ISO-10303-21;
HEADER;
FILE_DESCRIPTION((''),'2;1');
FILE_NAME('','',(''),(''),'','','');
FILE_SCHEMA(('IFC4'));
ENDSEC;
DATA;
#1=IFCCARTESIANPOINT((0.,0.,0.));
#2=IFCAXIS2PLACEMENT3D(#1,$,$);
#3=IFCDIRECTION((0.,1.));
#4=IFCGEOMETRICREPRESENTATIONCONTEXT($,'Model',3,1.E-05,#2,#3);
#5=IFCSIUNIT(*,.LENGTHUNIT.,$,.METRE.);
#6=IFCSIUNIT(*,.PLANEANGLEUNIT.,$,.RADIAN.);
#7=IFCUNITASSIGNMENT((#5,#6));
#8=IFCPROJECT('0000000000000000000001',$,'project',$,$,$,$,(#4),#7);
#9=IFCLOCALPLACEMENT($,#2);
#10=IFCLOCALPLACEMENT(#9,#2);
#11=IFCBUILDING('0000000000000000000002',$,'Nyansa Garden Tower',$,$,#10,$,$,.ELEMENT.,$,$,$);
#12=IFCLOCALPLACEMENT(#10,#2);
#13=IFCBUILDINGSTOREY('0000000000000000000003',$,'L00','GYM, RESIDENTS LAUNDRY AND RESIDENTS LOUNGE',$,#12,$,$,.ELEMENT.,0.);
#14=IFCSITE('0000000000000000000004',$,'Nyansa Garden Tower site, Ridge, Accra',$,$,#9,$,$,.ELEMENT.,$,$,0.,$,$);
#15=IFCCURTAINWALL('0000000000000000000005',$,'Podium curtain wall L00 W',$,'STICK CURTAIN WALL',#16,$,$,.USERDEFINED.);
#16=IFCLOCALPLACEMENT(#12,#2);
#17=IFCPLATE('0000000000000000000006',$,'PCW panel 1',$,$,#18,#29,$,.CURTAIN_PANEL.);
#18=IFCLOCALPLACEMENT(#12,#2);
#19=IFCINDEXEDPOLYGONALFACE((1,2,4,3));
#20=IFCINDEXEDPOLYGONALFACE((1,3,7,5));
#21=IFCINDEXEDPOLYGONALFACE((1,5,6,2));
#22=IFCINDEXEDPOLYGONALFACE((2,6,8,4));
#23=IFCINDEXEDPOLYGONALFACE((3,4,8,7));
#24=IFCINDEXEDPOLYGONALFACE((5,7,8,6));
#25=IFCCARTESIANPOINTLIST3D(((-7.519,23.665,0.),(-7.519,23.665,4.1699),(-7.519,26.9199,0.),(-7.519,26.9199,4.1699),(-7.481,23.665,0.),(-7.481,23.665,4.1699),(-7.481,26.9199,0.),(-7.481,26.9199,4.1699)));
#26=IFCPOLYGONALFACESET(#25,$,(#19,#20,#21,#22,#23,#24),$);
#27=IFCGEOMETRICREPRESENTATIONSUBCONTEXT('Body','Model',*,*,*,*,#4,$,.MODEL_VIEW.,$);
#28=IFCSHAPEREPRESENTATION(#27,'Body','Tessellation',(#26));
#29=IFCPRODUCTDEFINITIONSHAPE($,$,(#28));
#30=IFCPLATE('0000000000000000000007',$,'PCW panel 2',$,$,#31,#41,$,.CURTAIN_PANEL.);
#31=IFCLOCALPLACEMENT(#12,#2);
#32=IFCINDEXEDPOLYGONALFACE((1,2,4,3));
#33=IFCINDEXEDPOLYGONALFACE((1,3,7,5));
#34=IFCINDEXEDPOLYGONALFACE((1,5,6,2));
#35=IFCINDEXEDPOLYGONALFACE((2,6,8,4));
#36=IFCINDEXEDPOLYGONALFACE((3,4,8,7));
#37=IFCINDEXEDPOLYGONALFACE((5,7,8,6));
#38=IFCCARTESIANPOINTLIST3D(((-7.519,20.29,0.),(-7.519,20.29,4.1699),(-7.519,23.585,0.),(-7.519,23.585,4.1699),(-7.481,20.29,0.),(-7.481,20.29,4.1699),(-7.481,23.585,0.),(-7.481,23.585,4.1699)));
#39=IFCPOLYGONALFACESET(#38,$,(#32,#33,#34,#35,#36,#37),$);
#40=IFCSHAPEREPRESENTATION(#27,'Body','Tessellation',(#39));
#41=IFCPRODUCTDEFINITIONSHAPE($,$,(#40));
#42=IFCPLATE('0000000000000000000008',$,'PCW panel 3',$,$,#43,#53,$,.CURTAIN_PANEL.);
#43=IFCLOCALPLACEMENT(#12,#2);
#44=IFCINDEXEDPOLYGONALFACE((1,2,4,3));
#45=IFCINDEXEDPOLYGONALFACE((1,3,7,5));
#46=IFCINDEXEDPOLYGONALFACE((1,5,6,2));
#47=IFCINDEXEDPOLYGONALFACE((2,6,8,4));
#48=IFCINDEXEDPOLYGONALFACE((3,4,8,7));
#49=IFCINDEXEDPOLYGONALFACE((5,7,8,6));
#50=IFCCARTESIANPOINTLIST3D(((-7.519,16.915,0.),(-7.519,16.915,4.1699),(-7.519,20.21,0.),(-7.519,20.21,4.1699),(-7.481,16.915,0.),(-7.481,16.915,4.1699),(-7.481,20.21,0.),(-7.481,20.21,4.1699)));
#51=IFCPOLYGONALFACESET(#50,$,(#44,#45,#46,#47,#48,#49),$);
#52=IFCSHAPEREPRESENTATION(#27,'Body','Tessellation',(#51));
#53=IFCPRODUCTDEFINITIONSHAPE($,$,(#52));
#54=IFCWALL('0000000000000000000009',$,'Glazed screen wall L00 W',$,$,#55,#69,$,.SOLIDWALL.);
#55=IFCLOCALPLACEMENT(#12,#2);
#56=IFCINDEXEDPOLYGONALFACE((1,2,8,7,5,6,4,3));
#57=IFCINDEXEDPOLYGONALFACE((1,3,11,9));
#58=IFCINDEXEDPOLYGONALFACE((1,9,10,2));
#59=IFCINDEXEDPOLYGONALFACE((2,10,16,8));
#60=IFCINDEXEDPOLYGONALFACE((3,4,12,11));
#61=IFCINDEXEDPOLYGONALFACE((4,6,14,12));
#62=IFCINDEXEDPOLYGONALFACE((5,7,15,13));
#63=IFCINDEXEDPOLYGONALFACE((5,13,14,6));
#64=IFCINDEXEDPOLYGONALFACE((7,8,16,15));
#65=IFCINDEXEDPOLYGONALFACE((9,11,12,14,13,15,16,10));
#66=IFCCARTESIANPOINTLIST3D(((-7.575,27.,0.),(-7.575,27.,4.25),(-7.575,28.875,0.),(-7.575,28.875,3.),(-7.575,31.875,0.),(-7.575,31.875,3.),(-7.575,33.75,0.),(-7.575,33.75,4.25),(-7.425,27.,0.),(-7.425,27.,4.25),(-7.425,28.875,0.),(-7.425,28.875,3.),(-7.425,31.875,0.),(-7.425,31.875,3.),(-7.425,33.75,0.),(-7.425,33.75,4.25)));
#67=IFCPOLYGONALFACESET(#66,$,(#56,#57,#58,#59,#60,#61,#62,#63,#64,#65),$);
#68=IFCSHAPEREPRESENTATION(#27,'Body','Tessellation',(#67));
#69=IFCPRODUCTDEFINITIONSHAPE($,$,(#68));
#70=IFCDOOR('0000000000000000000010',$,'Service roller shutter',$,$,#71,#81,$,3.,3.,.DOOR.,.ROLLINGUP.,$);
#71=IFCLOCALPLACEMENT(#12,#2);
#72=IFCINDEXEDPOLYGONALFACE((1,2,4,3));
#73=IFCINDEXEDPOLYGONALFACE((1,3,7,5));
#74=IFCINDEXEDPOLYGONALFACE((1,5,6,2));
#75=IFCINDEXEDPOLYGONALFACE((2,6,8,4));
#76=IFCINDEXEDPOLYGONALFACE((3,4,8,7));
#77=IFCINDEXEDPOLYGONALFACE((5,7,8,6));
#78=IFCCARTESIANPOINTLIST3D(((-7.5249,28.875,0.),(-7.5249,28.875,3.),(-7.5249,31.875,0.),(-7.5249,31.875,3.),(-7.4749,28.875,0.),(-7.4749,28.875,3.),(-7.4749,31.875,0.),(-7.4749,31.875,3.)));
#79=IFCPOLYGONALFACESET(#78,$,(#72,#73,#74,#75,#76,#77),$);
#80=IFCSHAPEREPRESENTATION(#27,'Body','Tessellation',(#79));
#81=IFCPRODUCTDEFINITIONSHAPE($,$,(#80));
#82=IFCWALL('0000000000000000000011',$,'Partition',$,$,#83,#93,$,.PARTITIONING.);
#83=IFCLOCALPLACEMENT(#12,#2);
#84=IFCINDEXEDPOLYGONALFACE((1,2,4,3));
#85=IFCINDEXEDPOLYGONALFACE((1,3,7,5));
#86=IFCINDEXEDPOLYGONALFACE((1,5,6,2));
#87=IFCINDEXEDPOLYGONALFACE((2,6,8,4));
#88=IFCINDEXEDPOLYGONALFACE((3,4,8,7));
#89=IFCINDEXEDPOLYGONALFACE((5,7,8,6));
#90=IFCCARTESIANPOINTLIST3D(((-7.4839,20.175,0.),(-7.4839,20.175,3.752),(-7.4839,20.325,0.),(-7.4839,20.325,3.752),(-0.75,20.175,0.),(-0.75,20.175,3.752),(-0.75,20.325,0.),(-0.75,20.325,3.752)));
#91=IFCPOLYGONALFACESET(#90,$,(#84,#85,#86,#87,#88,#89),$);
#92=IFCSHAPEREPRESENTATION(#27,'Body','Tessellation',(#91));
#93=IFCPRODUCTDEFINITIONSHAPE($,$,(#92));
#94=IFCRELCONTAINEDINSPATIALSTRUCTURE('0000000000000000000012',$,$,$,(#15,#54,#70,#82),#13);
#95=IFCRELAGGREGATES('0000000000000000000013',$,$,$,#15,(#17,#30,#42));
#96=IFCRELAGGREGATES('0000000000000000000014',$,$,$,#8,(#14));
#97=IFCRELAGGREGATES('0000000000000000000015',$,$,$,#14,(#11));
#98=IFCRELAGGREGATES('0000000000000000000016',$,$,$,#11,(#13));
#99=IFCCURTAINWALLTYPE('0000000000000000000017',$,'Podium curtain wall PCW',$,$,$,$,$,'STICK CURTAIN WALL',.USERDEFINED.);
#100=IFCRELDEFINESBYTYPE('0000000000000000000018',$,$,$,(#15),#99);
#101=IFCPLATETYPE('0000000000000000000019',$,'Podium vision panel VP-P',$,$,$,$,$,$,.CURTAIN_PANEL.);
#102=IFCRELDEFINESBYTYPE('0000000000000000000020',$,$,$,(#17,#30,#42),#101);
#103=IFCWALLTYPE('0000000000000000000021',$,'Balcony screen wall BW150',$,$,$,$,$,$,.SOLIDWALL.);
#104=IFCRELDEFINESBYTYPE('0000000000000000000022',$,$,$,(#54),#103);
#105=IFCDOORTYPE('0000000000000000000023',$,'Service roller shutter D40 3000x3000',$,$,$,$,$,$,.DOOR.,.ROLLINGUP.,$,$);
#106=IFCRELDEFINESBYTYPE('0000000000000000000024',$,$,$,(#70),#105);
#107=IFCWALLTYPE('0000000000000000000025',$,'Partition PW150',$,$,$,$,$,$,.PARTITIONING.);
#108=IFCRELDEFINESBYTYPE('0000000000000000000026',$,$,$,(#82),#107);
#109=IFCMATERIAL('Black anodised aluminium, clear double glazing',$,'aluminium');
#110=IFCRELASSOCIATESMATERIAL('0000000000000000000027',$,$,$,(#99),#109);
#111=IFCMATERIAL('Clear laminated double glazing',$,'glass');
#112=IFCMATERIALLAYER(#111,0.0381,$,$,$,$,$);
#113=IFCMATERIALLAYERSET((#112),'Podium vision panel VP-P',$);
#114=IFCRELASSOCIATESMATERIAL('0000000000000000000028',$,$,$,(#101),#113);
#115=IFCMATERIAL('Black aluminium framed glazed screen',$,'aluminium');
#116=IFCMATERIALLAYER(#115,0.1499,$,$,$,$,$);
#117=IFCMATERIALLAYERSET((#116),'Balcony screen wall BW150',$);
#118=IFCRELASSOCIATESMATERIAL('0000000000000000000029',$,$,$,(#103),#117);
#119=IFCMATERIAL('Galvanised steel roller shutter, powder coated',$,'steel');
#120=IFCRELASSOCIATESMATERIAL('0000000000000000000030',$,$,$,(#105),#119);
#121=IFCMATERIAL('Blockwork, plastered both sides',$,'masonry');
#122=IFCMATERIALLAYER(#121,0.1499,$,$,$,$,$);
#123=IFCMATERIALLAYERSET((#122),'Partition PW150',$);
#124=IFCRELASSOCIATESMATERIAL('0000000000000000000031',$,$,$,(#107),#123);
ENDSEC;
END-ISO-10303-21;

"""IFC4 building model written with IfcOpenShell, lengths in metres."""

from ifc_helpers import new_model, si_unit, direction, frame, frame_2d, origin, origin_2d, place, context, subcontext, project, spatial, rectangle, extrude, material, layer, layer_set, type_object, element, fill, aggregate, save


model = new_model("IFC4")

# Units and contexts
model_context = context("Model", 3, precision=1e-05, world=origin(), true_north=direction((0.0, 1.0)))
body_context = subcontext(model_context, "Body", "Model", "MODEL_VIEW")
ifc_project = project(units=[si_unit("LENGTHUNIT", "METRE"), si_unit("PLANEANGLEUNIT", "RADIAN")], contexts=[model_context])

# Site, building, storey
site_placement = place(None, origin())
site = spatial("IfcSite", under=ifc_project, at=site_placement, Name="Nyansa Garden Tower site, Ridge, Accra", CompositionType="ELEMENT", RefElevation=0.0)
building_placement = place(site_placement, origin())
building = spatial("IfcBuilding", under=site, at=building_placement, Name="Nyansa Garden Tower", CompositionType="ELEMENT")
storey_placement = place(building_placement, origin())
storey = spatial("IfcBuildingStorey", under=building, at=storey_placement, Name="L00", Description="GYM, RESIDENTS LAUNDRY AND RESIDENTS LOUNGE", CompositionType="ELEMENT", Elevation=0.0)

# Curtain wall
ifc_material_1 = material(Name="Black anodised aluminium, clear double glazing", Category="aluminium")
curtain_wall_type = type_object("IfcCurtainWallType", Name="Podium curtain wall PCW", ElementType="STICK CURTAIN WALL", PredefinedType="USERDEFINED", material=ifc_material_1)
curtain_wall_placement = place(storey_placement, origin())
curtain_wall = element("IfcCurtainWall", 1, at=curtain_wall_placement, inside=storey, type_object=curtain_wall_type, Name="Podium curtain wall L00 W", ObjectType="STICK CURTAIN WALL", PredefinedType="USERDEFINED")

# Plates
ifc_material_2 = material(Name="Clear laminated double glazing", Category="glass")
ifc_layer_1 = layer(ifc_material_2, 0.0381)
ifc_layer_set_1 = layer_set([ifc_layer_1], Name="Podium vision panel VP-P")
plate_type = type_object("IfcPlateType", Name="Podium vision panel VP-P", PredefinedType="CURTAIN_PANEL", material=ifc_layer_set_1)
plate_1_placement = place(storey_placement, frame((-7.5, 25.2925, 0.0), z_axis=(0.0, 0.0, 1.0), x_axis=(0.0, -1.0, 0.0)))
plate_1 = element("IfcPlate", 2, at=plate_1_placement, type_object=plate_type, Name="PCW panel 1", PredefinedType="CURTAIN_PANEL", context=body_context, shape_type="SweptSolid", body=[
    extrude(rectangle(XDim=3.2549, YDim=0.0381, at=origin_2d()), origin(), (0.0, 0.0, 1.0), 4.1699),
])
plate_2_placement = place(storey_placement, frame((-7.5, 21.9375, 0.0), z_axis=(0.0, 0.0, 1.0), x_axis=(0.0, -1.0, 0.0)))
plate_2 = element("IfcPlate", 3, at=plate_2_placement, type_object=plate_type, Name="PCW panel 2", PredefinedType="CURTAIN_PANEL", context=body_context, shape_type="SweptSolid", body=[
    extrude(rectangle(XDim=3.2949, YDim=0.0381, at=origin_2d()), origin(), (0.0, 0.0, 1.0), 4.1699),
])
plate_3_placement = place(storey_placement, frame((-7.5, 18.5625, 0.0), z_axis=(0.0, 0.0, 1.0), x_axis=(0.0, -1.0, 0.0)))
plate_3 = element("IfcPlate", 4, at=plate_3_placement, type_object=plate_type, Name="PCW panel 3", PredefinedType="CURTAIN_PANEL", context=body_context, shape_type="SweptSolid", body=[
    extrude(rectangle(XDim=3.2949, YDim=0.0381, at=origin_2d()), origin(), (0.0, 0.0, 1.0), 4.1699),
])
aggregate(curtain_wall, [plate_1, plate_2, plate_3])

# Wall, opening, door
ifc_material_3 = material(Name="Black aluminium framed glazed screen", Category="aluminium")
ifc_layer_2 = layer(ifc_material_3, 0.1499)
ifc_layer_set_2 = layer_set([ifc_layer_2], Name="Balcony screen wall BW150")
wall_type_1 = type_object("IfcWallType", Name="Balcony screen wall BW150", PredefinedType="SOLIDWALL", material=ifc_layer_set_2)
wall_1_placement = place(storey_placement, frame((-7.5, 27.0, 0.0), z_axis=(0.0, 0.0, 1.0), x_axis=(0.0, 1.0, 0.0)))
wall_1 = element("IfcWall", 5, at=wall_1_placement, inside=storey, type_object=wall_type_1, Name="Glazed screen wall L00 W", PredefinedType="SOLIDWALL", context=body_context, shape_type="SweptSolid", body=[
    extrude(rectangle(XDim=6.75, YDim=0.1499, at=frame_2d((3.375, 0.0))), origin(), (0.0, 0.0, 1.0), 4.25),
])
opening_placement = place(wall_1_placement, frame((1.875, 0.0, 0.0)))
opening = element("IfcOpeningElement", 6, at=opening_placement, cuts=wall_1, PredefinedType="OPENING", context=body_context, shape_type="SweptSolid", body=[
    extrude(rectangle(XDim=3.0, YDim=3.0, at=frame_2d((1.5, 1.5))), frame((0.0, 0.085, 0.0), z_axis=(0.0, -1.0, 0.0), x_axis=(1.0, 0.0, 0.0)), (0.0, 0.0, 1.0), 0.1699),
])
ifc_material_4 = material(Name="Galvanised steel roller shutter, powder coated", Category="steel")
door_type = type_object("IfcDoorType", Name="Service roller shutter D40 3000x3000", OperationType="ROLLINGUP", PredefinedType="DOOR", material=ifc_material_4)
door_placement = place(opening_placement, origin())
door = element("IfcDoor", 7, at=door_placement, inside=storey, type_object=door_type, Name="Service roller shutter", OperationType="ROLLINGUP", OverallHeight=3.0, OverallWidth=3.0, PredefinedType="DOOR", context=body_context, shape_type="SweptSolid", body=[
    extrude(rectangle(XDim=3.0, YDim=3.0, at=frame_2d((1.5, 1.5))), frame((0.0, 0.0249, 0.0), z_axis=(0.0, -1.0, 0.0), x_axis=(1.0, 0.0, 0.0)), (0.0, 0.0, 1.0), 0.05),
])
fill(opening, door)

# Wall
ifc_material_5 = material(Name="Blockwork, plastered both sides", Category="masonry")
ifc_layer_3 = layer(ifc_material_5, 0.1499)
ifc_layer_set_3 = layer_set([ifc_layer_3], Name="Partition PW150")
wall_type_2 = type_object("IfcWallType", Name="Partition PW150", PredefinedType="PARTITIONING", material=ifc_layer_set_3)
wall_2_placement = place(storey_placement, frame((-7.4839, 20.25, 0.0), z_axis=(0.0, 0.0, 1.0), x_axis=(1.0, 0.0, 0.0)))
element("IfcWall", 8, at=wall_2_placement, inside=storey, type_object=wall_type_2, Name="Partition", PredefinedType="PARTITIONING", context=body_context, shape_type="SweptSolid", body=[
    extrude(rectangle(XDim=6.7339, YDim=0.1499, at=frame_2d((3.3669, 0.0))), origin(), (0.0, 0.0, 1.0), 3.752),
])

save(model, "model.ifc")
